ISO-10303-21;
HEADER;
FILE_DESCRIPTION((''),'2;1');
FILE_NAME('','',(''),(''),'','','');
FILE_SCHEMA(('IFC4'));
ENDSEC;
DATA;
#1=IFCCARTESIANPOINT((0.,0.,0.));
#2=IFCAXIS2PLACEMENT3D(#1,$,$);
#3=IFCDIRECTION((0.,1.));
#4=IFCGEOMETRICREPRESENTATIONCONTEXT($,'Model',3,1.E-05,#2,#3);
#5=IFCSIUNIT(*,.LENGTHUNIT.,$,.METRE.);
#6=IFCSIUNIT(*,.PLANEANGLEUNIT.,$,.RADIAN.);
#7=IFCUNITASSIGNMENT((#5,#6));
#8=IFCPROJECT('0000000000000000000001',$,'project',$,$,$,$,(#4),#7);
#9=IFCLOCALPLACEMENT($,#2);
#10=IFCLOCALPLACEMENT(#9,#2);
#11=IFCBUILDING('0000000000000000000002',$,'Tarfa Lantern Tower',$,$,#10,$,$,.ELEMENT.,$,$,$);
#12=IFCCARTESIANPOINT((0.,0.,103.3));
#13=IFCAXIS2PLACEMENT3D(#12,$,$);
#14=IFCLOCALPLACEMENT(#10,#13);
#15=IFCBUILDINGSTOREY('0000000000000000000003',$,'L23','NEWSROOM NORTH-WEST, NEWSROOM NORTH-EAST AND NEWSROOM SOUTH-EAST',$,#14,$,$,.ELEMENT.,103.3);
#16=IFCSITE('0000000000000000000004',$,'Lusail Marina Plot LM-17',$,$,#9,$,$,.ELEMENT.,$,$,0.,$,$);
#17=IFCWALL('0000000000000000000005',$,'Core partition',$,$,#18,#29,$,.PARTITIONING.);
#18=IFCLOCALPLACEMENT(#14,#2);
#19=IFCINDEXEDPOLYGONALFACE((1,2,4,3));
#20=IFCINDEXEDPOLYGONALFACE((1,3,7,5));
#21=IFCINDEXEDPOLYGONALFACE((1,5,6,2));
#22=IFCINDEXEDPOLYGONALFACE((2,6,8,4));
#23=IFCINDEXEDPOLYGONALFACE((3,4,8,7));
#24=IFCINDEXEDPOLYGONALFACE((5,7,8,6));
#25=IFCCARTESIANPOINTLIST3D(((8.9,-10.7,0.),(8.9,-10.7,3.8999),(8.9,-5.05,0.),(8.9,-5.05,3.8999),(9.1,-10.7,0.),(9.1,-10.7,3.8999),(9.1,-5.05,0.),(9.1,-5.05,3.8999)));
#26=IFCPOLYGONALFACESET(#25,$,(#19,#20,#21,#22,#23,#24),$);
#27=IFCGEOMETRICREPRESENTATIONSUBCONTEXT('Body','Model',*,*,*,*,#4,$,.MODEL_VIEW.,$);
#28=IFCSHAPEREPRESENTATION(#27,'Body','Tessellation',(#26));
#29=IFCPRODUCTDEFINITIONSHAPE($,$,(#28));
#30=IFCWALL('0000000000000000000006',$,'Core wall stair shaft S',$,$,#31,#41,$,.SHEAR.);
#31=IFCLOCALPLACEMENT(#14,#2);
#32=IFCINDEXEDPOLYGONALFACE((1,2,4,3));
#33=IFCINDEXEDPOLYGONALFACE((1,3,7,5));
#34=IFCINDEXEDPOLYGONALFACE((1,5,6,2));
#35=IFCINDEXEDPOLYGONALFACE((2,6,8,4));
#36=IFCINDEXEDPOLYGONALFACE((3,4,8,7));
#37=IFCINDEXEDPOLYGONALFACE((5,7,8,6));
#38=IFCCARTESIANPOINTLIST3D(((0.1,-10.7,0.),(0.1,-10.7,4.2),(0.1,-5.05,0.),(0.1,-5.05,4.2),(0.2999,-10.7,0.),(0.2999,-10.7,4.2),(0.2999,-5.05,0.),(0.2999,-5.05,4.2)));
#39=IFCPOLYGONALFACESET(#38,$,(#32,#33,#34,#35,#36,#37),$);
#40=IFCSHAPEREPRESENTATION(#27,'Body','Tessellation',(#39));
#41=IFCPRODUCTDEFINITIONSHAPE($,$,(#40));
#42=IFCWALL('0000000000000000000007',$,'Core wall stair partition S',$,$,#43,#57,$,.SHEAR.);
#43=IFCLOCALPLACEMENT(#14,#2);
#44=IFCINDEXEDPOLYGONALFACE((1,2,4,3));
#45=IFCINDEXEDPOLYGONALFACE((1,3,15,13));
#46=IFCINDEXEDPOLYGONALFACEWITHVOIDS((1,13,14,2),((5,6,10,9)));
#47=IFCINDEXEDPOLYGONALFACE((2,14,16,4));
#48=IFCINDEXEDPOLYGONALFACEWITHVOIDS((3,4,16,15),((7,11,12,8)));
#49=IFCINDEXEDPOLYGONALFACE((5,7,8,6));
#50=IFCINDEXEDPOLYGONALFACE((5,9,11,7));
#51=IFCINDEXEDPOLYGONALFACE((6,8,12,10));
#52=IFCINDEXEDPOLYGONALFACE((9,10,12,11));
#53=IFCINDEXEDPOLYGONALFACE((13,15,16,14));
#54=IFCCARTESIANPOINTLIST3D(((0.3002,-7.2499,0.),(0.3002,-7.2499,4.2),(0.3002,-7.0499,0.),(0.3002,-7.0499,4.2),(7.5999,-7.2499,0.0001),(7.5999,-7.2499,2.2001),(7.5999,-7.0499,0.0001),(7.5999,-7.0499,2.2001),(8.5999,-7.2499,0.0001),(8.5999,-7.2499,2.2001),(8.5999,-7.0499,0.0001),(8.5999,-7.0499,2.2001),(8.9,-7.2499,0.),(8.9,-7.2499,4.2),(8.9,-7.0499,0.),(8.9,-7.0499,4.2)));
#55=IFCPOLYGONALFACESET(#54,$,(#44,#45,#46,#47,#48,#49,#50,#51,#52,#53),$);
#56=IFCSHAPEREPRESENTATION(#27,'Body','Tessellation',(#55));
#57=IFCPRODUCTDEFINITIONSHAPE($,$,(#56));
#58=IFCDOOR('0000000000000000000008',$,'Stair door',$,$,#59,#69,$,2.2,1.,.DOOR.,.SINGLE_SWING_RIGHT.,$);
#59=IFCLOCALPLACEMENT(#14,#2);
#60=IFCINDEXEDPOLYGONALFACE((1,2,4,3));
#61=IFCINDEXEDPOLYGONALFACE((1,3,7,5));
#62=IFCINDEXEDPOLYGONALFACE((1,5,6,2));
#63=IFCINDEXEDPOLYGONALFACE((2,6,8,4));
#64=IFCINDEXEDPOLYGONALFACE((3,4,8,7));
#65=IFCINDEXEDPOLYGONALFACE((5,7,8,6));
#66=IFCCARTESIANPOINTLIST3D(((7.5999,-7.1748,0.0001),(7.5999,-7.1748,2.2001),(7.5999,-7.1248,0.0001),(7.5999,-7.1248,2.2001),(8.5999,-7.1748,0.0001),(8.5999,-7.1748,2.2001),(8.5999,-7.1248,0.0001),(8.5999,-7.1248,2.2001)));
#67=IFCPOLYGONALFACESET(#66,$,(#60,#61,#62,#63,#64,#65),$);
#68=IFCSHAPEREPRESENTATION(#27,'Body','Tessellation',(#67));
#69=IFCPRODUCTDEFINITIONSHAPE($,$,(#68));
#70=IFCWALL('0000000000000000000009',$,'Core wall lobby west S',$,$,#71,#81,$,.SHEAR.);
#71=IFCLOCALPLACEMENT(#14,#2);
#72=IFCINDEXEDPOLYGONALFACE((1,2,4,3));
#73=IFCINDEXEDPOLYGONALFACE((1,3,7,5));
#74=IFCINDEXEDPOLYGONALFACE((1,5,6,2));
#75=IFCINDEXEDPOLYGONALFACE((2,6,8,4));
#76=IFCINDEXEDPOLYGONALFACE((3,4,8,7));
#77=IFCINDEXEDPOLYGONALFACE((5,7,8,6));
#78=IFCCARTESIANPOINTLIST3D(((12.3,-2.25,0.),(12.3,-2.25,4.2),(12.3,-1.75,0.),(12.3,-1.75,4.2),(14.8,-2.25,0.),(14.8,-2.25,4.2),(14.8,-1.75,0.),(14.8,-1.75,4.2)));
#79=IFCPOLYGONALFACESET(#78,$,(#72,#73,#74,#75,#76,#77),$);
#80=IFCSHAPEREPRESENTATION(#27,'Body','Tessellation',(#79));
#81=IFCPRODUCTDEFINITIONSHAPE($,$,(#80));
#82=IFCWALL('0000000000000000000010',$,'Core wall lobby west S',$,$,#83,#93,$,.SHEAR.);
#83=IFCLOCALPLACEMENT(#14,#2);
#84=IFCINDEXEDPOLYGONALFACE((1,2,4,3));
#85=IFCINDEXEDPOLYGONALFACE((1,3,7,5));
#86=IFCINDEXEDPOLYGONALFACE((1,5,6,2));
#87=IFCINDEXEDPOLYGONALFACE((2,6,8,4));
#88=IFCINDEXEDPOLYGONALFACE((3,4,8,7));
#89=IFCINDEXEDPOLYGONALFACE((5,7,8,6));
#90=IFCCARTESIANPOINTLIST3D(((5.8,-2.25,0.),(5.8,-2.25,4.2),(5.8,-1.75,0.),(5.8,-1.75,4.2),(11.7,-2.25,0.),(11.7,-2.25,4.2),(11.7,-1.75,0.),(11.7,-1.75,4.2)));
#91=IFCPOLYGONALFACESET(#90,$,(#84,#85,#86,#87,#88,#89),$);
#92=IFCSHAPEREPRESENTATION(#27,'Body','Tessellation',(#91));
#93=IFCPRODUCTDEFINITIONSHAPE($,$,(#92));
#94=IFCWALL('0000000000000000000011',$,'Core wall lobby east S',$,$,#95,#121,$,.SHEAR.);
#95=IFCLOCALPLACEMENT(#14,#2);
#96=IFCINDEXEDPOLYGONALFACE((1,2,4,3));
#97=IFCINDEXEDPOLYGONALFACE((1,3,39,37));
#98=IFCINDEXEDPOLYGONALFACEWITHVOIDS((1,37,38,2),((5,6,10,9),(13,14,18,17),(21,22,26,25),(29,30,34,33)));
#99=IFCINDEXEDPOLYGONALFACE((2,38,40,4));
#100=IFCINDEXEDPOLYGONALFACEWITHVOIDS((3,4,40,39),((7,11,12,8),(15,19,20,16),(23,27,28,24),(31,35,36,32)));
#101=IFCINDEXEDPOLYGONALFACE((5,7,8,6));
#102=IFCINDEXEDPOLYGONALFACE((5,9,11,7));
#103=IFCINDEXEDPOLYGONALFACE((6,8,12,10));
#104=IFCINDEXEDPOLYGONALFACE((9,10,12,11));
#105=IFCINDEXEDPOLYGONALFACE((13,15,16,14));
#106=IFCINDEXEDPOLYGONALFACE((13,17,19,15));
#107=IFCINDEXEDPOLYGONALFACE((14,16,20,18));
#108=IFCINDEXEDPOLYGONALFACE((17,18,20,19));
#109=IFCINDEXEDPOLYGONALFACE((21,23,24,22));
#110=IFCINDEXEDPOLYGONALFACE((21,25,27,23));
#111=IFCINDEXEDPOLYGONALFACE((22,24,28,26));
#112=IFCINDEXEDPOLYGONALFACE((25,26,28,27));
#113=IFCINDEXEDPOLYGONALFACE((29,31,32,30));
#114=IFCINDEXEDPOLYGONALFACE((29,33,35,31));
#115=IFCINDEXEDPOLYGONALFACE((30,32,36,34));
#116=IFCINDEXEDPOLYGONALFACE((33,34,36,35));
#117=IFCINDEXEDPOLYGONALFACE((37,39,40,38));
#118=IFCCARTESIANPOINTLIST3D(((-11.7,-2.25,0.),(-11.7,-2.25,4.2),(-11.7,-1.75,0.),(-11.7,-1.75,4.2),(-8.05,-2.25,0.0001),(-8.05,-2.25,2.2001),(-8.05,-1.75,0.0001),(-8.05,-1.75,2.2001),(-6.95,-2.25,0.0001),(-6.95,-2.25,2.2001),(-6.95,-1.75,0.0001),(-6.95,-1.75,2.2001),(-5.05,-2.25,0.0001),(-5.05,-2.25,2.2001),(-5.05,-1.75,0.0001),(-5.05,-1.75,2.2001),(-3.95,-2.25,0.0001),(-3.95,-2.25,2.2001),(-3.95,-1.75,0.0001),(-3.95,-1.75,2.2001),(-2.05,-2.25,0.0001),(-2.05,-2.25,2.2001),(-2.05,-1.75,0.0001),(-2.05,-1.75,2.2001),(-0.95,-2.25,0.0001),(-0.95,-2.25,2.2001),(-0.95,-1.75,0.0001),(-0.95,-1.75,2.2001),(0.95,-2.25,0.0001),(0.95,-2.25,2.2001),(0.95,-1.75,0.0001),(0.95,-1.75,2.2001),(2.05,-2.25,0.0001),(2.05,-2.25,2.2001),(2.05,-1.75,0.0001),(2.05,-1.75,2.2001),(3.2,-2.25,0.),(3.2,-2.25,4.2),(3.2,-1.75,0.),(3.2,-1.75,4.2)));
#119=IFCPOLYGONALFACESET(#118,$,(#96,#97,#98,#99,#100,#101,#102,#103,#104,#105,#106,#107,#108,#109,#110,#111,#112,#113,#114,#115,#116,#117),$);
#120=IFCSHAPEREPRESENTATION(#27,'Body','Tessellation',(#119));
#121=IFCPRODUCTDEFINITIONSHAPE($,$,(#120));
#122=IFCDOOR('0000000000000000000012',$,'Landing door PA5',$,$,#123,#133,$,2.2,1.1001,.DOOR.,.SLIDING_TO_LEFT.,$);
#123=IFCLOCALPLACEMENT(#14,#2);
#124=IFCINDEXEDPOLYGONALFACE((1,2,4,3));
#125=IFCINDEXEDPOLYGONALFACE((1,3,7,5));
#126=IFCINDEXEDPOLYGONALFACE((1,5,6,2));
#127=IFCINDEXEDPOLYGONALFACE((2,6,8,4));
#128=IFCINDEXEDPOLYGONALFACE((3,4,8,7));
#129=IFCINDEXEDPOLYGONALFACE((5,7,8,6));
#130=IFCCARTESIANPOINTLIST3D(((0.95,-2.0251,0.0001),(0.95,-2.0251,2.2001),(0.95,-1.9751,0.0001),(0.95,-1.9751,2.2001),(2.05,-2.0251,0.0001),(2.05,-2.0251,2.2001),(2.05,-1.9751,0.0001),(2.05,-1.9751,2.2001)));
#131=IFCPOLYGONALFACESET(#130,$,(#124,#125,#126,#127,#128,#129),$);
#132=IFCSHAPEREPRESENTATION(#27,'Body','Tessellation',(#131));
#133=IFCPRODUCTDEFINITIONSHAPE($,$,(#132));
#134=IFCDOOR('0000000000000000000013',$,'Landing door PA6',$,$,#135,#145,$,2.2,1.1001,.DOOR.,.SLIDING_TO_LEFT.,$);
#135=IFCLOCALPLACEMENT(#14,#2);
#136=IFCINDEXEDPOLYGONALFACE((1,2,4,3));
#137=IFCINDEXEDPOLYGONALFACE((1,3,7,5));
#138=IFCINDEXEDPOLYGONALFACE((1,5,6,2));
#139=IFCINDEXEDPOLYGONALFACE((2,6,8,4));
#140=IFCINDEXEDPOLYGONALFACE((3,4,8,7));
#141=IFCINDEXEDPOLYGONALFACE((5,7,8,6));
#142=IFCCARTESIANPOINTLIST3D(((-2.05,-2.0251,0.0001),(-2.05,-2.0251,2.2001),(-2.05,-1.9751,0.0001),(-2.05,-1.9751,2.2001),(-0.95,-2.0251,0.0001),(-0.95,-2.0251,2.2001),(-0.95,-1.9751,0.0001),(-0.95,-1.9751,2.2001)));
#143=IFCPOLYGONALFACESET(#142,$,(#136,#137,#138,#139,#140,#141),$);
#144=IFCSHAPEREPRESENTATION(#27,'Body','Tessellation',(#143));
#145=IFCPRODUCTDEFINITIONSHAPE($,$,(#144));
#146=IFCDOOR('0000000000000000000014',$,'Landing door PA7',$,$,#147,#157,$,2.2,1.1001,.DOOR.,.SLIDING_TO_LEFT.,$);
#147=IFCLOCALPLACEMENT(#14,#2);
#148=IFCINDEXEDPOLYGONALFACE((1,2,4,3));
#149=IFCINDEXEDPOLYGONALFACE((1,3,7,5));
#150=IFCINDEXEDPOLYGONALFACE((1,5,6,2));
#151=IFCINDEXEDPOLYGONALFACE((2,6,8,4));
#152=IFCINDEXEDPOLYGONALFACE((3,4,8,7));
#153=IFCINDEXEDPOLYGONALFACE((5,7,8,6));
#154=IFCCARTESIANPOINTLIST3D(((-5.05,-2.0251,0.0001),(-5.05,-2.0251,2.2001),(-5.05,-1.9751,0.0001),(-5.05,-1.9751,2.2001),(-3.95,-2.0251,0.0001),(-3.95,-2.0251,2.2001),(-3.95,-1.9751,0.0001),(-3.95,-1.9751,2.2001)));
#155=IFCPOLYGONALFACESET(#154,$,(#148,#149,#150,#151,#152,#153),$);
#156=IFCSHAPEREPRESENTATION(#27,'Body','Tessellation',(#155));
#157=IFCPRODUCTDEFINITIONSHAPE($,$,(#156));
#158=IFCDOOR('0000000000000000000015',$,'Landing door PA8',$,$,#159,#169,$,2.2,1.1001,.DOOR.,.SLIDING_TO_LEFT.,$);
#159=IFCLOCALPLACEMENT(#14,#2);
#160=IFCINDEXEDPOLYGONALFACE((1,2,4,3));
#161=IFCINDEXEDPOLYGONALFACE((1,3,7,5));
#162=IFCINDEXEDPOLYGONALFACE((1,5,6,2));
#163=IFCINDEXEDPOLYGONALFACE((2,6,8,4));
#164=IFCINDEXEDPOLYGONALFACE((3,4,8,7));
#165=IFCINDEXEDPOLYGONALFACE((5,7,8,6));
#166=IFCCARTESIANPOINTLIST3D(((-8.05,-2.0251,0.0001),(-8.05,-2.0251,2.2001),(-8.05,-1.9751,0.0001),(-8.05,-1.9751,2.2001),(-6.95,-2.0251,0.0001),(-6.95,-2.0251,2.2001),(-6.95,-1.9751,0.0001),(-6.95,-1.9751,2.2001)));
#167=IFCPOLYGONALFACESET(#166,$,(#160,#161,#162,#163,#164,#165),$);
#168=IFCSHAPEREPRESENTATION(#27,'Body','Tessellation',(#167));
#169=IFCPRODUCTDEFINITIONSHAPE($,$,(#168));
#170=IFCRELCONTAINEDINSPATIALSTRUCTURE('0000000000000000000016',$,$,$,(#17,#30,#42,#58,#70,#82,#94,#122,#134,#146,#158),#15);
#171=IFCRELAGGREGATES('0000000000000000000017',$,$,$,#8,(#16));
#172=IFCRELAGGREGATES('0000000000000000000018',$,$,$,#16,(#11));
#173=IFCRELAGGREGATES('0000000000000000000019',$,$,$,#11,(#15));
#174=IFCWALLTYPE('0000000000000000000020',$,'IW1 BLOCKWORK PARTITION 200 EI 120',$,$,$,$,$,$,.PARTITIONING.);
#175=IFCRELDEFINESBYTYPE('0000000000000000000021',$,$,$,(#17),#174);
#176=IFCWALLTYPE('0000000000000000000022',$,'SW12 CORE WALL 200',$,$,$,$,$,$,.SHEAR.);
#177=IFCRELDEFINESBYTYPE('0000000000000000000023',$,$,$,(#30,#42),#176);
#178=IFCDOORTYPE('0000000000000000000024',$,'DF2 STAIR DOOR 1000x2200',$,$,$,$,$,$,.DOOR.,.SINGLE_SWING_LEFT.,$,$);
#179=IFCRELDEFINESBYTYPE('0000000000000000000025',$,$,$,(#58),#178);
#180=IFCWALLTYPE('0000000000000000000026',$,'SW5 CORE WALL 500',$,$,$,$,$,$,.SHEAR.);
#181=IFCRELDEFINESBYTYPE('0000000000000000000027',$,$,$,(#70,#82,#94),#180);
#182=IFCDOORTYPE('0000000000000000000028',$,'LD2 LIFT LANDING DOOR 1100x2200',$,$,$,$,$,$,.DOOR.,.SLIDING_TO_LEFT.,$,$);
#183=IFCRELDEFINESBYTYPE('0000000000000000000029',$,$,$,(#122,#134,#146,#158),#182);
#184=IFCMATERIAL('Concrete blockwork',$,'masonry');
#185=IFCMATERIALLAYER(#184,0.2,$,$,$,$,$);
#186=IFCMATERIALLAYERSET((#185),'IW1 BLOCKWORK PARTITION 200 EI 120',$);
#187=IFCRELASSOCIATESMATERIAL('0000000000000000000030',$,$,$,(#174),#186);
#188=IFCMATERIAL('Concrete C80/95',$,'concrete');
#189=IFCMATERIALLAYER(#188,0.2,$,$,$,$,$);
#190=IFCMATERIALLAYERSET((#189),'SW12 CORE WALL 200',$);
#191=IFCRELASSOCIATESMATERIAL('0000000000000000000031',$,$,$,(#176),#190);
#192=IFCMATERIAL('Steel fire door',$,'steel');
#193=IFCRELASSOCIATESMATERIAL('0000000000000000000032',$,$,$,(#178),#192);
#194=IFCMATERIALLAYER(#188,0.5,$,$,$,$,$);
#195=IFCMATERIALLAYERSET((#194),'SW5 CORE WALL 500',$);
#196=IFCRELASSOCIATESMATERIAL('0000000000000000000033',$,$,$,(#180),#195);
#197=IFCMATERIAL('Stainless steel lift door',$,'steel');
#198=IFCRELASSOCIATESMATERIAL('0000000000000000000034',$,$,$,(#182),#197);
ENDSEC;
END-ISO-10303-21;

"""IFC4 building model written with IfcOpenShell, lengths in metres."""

from ifc_helpers import new_model, si_unit, direction, frame, frame_2d, origin, place, context, subcontext, project, spatial, rectangle, extrude, material, layer, layer_set, type_object, element, fill, save


model = new_model("IFC4")

# Units and contexts
model_context = context("Model", 3, precision=1e-05, world=origin(), true_north=direction((0.0, 1.0)))
body_context = subcontext(model_context, "Body", "Model", "MODEL_VIEW")
ifc_project = project(units=[si_unit("LENGTHUNIT", "METRE"), si_unit("PLANEANGLEUNIT", "RADIAN")], contexts=[model_context])

# Site, building, storey
site_placement = place(None, origin())
site = spatial("IfcSite", under=ifc_project, at=site_placement, Name="Lusail Marina Plot LM-17", CompositionType="ELEMENT", RefElevation=0.0)
building_placement = place(site_placement, origin())
building = spatial("IfcBuilding", under=site, at=building_placement, Name="Tarfa Lantern Tower", CompositionType="ELEMENT")
storey_placement = place(building_placement, frame((0.0, 0.0, 103.3)))
storey = spatial("IfcBuildingStorey", under=building, at=storey_placement, Name="L23", Description="NEWSROOM NORTH-WEST, NEWSROOM NORTH-EAST AND NEWSROOM SOUTH-EAST", CompositionType="ELEMENT", Elevation=103.3)

# Walls
ifc_material_1 = material(Name="Concrete blockwork", Category="masonry")
ifc_layer_1 = layer(ifc_material_1, 0.2)
ifc_layer_set_1 = layer_set([ifc_layer_1], Name="IW1 BLOCKWORK PARTITION 200 EI 120")
wall_type_1 = type_object("IfcWallType", Name="IW1 BLOCKWORK PARTITION 200 EI 120", PredefinedType="PARTITIONING", material=ifc_layer_set_1)
wall_1_placement = place(storey_placement, frame((9.0, -5.05, 0.0), z_axis=(0.0, 0.0, 1.0), x_axis=(0.0, -1.0, 0.0)))
element("IfcWall", 1, at=wall_1_placement, inside=storey, type_object=wall_type_1, Name="Core partition", PredefinedType="PARTITIONING", context=body_context, shape_type="SweptSolid", body=[
    extrude(rectangle(XDim=5.6499, YDim=0.2, at=frame_2d((2.825, 0.0))), origin(), (0.0, 0.0, 1.0), 3.8999),
])
ifc_material_2 = material(Name="Concrete C80/95", Category="concrete")
ifc_layer_2 = layer(ifc_material_2, 0.2)
ifc_layer_set_2 = layer_set([ifc_layer_2], Name="SW12 CORE WALL 200")
wall_type_2 = type_object("IfcWallType", Name="SW12 CORE WALL 200", PredefinedType="SHEAR", material=ifc_layer_set_2)
wall_2_placement = place(storey_placement, frame((0.2, -5.05, 0.0), z_axis=(0.0, 0.0, 1.0), x_axis=(0.0, -1.0, 0.0)))
element("IfcWall", 2, at=wall_2_placement, inside=storey, type_object=wall_type_2, Name="Core wall stair shaft S", PredefinedType="SHEAR", context=body_context, shape_type="SweptSolid", body=[
    extrude(rectangle(XDim=5.6499, YDim=0.2, at=frame_2d((2.825, 0.0))), origin(), (0.0, 0.0, 1.0), 4.2),
])

# Wall, opening, door
wall_3_placement = place(storey_placement, frame((8.8999, -7.1499, 0.0), z_axis=(0.0, 0.0, 1.0), x_axis=(-1.0, 0.0, 0.0)))
wall_3 = element("IfcWall", 3, at=wall_3_placement, inside=storey, type_object=wall_type_2, Name="Core wall stair partition S", PredefinedType="SHEAR", context=body_context, shape_type="SweptSolid", body=[
    extrude(rectangle(XDim=8.5999, YDim=0.2, at=frame_2d((4.2998, 0.0))), origin(), (0.0, 0.0, 1.0), 4.2),
])
opening_1_placement = place(wall_3_placement, frame((0.3, 0.0, 0.0)))
opening_1 = element("IfcOpeningElement", 4, at=opening_1_placement, cuts=wall_3, PredefinedType="OPENING", context=body_context, shape_type="SweptSolid", body=[
    extrude(rectangle(XDim=1.0, YDim=2.2, at=frame_2d((0.5, 1.1001))), frame((0.0, 0.1099, 0.0), z_axis=(0.0, -1.0, 0.0), x_axis=(1.0, 0.0, 0.0)), (0.0, 0.0, 1.0), 0.22),
])
ifc_material_3 = material(Name="Steel fire door", Category="steel")
door_type_1 = type_object("IfcDoorType", Name="DF2 STAIR DOOR 1000x2200", OperationType="SINGLE_SWING_LEFT", PredefinedType="DOOR", material=ifc_material_3)
door_1_placement = place(opening_1_placement, origin())
door_1 = element("IfcDoor", 5, at=door_1_placement, inside=storey, type_object=door_type_1, Name="Stair door", OperationType="SINGLE_SWING_RIGHT", OverallHeight=2.2, OverallWidth=1.0, PredefinedType="DOOR", context=body_context, shape_type="SweptSolid", body=[
    extrude(rectangle(XDim=1.0, YDim=2.2, at=frame_2d((0.5, 1.1001))), frame((0.0, 0.0249, 0.0), z_axis=(0.0, -1.0, 0.0), x_axis=(1.0, 0.0, 0.0)), (0.0, 0.0, 1.0), 0.05),
])
fill(opening_1, door_1)

# Walls
ifc_layer_3 = layer(ifc_material_2, 0.5)
ifc_layer_set_3 = layer_set([ifc_layer_3], Name="SW5 CORE WALL 500")
wall_type_3 = type_object("IfcWallType", Name="SW5 CORE WALL 500", PredefinedType="SHEAR", material=ifc_layer_set_3)
wall_4_placement = place(storey_placement, frame((14.8, -2.0, 0.0), z_axis=(0.0, 0.0, 1.0), x_axis=(-1.0, 0.0, 0.0)))
element("IfcWall", 6, at=wall_4_placement, inside=storey, type_object=wall_type_3, Name="Core wall lobby west S", PredefinedType="SHEAR", context=body_context, shape_type="SweptSolid", body=[
    extrude(rectangle(XDim=2.5, YDim=0.5, at=frame_2d((1.25, 0.0))), origin(), (0.0, 0.0, 1.0), 4.2),
])
wall_5_placement = place(storey_placement, frame((11.7, -2.0, 0.0), z_axis=(0.0, 0.0, 1.0), x_axis=(-1.0, 0.0, 0.0)))
element("IfcWall", 7, at=wall_5_placement, inside=storey, type_object=wall_type_3, Name="Core wall lobby west S", PredefinedType="SHEAR", context=body_context, shape_type="SweptSolid", body=[
    extrude(rectangle(XDim=5.8999, YDim=0.5, at=frame_2d((2.95, 0.0))), origin(), (0.0, 0.0, 1.0), 4.2),
])

# Wall, openings, doors
wall_6_placement = place(storey_placement, frame((3.2, -2.0, 0.0), z_axis=(0.0, 0.0, 1.0), x_axis=(-1.0, 0.0, 0.0)))
wall_6 = element("IfcWall", 8, at=wall_6_placement, inside=storey, type_object=wall_type_3, Name="Core wall lobby east S", PredefinedType="SHEAR", context=body_context, shape_type="SweptSolid", body=[
    extrude(rectangle(XDim=14.8999, YDim=0.5, at=frame_2d((7.45, 0.0))), origin(), (0.0, 0.0, 1.0), 4.2),
])
opening_2_placement = place(wall_6_placement, frame((1.1499, 0.0, 0.0)))
opening_2 = element("IfcOpeningElement", 9, at=opening_2_placement, cuts=wall_6, PredefinedType="OPENING", context=body_context, shape_type="SweptSolid", body=[
    extrude(rectangle(XDim=1.1001, YDim=2.2, at=frame_2d((0.55, 1.1001))), frame((0.0, 0.26, 0.0), z_axis=(0.0, -1.0, 0.0), x_axis=(1.0, 0.0, 0.0)), (0.0, 0.0, 1.0), 0.52),
])
opening_3_placement = place(wall_6_placement, frame((4.1499, 0.0, 0.0)))
opening_3 = element("IfcOpeningElement", 10, at=opening_3_placement, cuts=wall_6, PredefinedType="OPENING", context=body_context, shape_type="SweptSolid", body=[
    extrude(rectangle(XDim=1.1001, YDim=2.2, at=frame_2d((0.55, 1.1001))), frame((0.0, 0.26, 0.0), z_axis=(0.0, -1.0, 0.0), x_axis=(1.0, 0.0, 0.0)), (0.0, 0.0, 1.0), 0.52),
])
opening_4_placement = place(wall_6_placement, frame((7.1499, 0.0, 0.0)))
opening_4 = element("IfcOpeningElement", 11, at=opening_4_placement, cuts=wall_6, PredefinedType="OPENING", context=body_context, shape_type="SweptSolid", body=[
    extrude(rectangle(XDim=1.1001, YDim=2.2, at=frame_2d((0.55, 1.1001))), frame((0.0, 0.26, 0.0), z_axis=(0.0, -1.0, 0.0), x_axis=(1.0, 0.0, 0.0)), (0.0, 0.0, 1.0), 0.52),
])
opening_5_placement = place(wall_6_placement, frame((10.1499, 0.0, 0.0)))
opening_5 = element("IfcOpeningElement", 12, at=opening_5_placement, cuts=wall_6, PredefinedType="OPENING", context=body_context, shape_type="SweptSolid", body=[
    extrude(rectangle(XDim=1.1001, YDim=2.2, at=frame_2d((0.55, 1.1001))), frame((0.0, 0.26, 0.0), z_axis=(0.0, -1.0, 0.0), x_axis=(1.0, 0.0, 0.0)), (0.0, 0.0, 1.0), 0.52),
])
ifc_material_4 = material(Name="Stainless steel lift door", Category="steel")
door_type_2 = type_object("IfcDoorType", Name="LD2 LIFT LANDING DOOR 1100x2200", OperationType="SLIDING_TO_LEFT", PredefinedType="DOOR", material=ifc_material_4)
door_2_placement = place(opening_2_placement, frame((1.1001, 0.0, 0.0), z_axis=(0.0, 0.0, 1.0), x_axis=(-1.0, 0.0, 0.0)))
door_2 = element("IfcDoor", 13, at=door_2_placement, inside=storey, type_object=door_type_2, Name="Landing door PA5", OperationType="SLIDING_TO_LEFT", OverallHeight=2.2, OverallWidth=1.1001, PredefinedType="DOOR", context=body_context, shape_type="SweptSolid", body=[
    extrude(rectangle(XDim=1.1001, YDim=2.2, at=frame_2d((0.55, 1.1001))), frame((0.0, 0.0249, 0.0), z_axis=(0.0, -1.0, 0.0), x_axis=(1.0, 0.0, 0.0)), (0.0, 0.0, 1.0), 0.05),
])
fill(opening_2, door_2)
door_3_placement = place(opening_3_placement, frame((1.1001, 0.0, 0.0), z_axis=(0.0, 0.0, 1.0), x_axis=(-1.0, 0.0, 0.0)))
door_3 = element("IfcDoor", 14, at=door_3_placement, inside=storey, type_object=door_type_2, Name="Landing door PA6", OperationType="SLIDING_TO_LEFT", OverallHeight=2.2, OverallWidth=1.1001, PredefinedType="DOOR", context=body_context, shape_type="SweptSolid", body=[
    extrude(rectangle(XDim=1.1001, YDim=2.2, at=frame_2d((0.55, 1.1001))), frame((0.0, 0.0249, 0.0), z_axis=(0.0, -1.0, 0.0), x_axis=(1.0, 0.0, 0.0)), (0.0, 0.0, 1.0), 0.05),
])
fill(opening_3, door_3)
door_4_placement = place(opening_4_placement, frame((1.1001, 0.0, 0.0), z_axis=(0.0, 0.0, 1.0), x_axis=(-1.0, 0.0, 0.0)))
door_4 = element("IfcDoor", 15, at=door_4_placement, inside=storey, type_object=door_type_2, Name="Landing door PA7", OperationType="SLIDING_TO_LEFT", OverallHeight=2.2, OverallWidth=1.1001, PredefinedType="DOOR", context=body_context, shape_type="SweptSolid", body=[
    extrude(rectangle(XDim=1.1001, YDim=2.2, at=frame_2d((0.55, 1.1001))), frame((0.0, 0.0249, 0.0), z_axis=(0.0, -1.0, 0.0), x_axis=(1.0, 0.0, 0.0)), (0.0, 0.0, 1.0), 0.05),
])
fill(opening_4, door_4)
door_5_placement = place(opening_5_placement, frame((1.1001, 0.0, 0.0), z_axis=(0.0, 0.0, 1.0), x_axis=(-1.0, 0.0, 0.0)))
door_5 = element("IfcDoor", 16, at=door_5_placement, inside=storey, type_object=door_type_2, Name="Landing door PA8", OperationType="SLIDING_TO_LEFT", OverallHeight=2.2, OverallWidth=1.1001, PredefinedType="DOOR", context=body_context, shape_type="SweptSolid", body=[
    extrude(rectangle(XDim=1.1001, YDim=2.2, at=frame_2d((0.55, 1.1001))), frame((0.0, 0.0249, 0.0), z_axis=(0.0, -1.0, 0.0), x_axis=(1.0, 0.0, 0.0)), (0.0, 0.0, 1.0), 0.05),
])
fill(opening_5, door_5)

save(model, "model.ifc")
